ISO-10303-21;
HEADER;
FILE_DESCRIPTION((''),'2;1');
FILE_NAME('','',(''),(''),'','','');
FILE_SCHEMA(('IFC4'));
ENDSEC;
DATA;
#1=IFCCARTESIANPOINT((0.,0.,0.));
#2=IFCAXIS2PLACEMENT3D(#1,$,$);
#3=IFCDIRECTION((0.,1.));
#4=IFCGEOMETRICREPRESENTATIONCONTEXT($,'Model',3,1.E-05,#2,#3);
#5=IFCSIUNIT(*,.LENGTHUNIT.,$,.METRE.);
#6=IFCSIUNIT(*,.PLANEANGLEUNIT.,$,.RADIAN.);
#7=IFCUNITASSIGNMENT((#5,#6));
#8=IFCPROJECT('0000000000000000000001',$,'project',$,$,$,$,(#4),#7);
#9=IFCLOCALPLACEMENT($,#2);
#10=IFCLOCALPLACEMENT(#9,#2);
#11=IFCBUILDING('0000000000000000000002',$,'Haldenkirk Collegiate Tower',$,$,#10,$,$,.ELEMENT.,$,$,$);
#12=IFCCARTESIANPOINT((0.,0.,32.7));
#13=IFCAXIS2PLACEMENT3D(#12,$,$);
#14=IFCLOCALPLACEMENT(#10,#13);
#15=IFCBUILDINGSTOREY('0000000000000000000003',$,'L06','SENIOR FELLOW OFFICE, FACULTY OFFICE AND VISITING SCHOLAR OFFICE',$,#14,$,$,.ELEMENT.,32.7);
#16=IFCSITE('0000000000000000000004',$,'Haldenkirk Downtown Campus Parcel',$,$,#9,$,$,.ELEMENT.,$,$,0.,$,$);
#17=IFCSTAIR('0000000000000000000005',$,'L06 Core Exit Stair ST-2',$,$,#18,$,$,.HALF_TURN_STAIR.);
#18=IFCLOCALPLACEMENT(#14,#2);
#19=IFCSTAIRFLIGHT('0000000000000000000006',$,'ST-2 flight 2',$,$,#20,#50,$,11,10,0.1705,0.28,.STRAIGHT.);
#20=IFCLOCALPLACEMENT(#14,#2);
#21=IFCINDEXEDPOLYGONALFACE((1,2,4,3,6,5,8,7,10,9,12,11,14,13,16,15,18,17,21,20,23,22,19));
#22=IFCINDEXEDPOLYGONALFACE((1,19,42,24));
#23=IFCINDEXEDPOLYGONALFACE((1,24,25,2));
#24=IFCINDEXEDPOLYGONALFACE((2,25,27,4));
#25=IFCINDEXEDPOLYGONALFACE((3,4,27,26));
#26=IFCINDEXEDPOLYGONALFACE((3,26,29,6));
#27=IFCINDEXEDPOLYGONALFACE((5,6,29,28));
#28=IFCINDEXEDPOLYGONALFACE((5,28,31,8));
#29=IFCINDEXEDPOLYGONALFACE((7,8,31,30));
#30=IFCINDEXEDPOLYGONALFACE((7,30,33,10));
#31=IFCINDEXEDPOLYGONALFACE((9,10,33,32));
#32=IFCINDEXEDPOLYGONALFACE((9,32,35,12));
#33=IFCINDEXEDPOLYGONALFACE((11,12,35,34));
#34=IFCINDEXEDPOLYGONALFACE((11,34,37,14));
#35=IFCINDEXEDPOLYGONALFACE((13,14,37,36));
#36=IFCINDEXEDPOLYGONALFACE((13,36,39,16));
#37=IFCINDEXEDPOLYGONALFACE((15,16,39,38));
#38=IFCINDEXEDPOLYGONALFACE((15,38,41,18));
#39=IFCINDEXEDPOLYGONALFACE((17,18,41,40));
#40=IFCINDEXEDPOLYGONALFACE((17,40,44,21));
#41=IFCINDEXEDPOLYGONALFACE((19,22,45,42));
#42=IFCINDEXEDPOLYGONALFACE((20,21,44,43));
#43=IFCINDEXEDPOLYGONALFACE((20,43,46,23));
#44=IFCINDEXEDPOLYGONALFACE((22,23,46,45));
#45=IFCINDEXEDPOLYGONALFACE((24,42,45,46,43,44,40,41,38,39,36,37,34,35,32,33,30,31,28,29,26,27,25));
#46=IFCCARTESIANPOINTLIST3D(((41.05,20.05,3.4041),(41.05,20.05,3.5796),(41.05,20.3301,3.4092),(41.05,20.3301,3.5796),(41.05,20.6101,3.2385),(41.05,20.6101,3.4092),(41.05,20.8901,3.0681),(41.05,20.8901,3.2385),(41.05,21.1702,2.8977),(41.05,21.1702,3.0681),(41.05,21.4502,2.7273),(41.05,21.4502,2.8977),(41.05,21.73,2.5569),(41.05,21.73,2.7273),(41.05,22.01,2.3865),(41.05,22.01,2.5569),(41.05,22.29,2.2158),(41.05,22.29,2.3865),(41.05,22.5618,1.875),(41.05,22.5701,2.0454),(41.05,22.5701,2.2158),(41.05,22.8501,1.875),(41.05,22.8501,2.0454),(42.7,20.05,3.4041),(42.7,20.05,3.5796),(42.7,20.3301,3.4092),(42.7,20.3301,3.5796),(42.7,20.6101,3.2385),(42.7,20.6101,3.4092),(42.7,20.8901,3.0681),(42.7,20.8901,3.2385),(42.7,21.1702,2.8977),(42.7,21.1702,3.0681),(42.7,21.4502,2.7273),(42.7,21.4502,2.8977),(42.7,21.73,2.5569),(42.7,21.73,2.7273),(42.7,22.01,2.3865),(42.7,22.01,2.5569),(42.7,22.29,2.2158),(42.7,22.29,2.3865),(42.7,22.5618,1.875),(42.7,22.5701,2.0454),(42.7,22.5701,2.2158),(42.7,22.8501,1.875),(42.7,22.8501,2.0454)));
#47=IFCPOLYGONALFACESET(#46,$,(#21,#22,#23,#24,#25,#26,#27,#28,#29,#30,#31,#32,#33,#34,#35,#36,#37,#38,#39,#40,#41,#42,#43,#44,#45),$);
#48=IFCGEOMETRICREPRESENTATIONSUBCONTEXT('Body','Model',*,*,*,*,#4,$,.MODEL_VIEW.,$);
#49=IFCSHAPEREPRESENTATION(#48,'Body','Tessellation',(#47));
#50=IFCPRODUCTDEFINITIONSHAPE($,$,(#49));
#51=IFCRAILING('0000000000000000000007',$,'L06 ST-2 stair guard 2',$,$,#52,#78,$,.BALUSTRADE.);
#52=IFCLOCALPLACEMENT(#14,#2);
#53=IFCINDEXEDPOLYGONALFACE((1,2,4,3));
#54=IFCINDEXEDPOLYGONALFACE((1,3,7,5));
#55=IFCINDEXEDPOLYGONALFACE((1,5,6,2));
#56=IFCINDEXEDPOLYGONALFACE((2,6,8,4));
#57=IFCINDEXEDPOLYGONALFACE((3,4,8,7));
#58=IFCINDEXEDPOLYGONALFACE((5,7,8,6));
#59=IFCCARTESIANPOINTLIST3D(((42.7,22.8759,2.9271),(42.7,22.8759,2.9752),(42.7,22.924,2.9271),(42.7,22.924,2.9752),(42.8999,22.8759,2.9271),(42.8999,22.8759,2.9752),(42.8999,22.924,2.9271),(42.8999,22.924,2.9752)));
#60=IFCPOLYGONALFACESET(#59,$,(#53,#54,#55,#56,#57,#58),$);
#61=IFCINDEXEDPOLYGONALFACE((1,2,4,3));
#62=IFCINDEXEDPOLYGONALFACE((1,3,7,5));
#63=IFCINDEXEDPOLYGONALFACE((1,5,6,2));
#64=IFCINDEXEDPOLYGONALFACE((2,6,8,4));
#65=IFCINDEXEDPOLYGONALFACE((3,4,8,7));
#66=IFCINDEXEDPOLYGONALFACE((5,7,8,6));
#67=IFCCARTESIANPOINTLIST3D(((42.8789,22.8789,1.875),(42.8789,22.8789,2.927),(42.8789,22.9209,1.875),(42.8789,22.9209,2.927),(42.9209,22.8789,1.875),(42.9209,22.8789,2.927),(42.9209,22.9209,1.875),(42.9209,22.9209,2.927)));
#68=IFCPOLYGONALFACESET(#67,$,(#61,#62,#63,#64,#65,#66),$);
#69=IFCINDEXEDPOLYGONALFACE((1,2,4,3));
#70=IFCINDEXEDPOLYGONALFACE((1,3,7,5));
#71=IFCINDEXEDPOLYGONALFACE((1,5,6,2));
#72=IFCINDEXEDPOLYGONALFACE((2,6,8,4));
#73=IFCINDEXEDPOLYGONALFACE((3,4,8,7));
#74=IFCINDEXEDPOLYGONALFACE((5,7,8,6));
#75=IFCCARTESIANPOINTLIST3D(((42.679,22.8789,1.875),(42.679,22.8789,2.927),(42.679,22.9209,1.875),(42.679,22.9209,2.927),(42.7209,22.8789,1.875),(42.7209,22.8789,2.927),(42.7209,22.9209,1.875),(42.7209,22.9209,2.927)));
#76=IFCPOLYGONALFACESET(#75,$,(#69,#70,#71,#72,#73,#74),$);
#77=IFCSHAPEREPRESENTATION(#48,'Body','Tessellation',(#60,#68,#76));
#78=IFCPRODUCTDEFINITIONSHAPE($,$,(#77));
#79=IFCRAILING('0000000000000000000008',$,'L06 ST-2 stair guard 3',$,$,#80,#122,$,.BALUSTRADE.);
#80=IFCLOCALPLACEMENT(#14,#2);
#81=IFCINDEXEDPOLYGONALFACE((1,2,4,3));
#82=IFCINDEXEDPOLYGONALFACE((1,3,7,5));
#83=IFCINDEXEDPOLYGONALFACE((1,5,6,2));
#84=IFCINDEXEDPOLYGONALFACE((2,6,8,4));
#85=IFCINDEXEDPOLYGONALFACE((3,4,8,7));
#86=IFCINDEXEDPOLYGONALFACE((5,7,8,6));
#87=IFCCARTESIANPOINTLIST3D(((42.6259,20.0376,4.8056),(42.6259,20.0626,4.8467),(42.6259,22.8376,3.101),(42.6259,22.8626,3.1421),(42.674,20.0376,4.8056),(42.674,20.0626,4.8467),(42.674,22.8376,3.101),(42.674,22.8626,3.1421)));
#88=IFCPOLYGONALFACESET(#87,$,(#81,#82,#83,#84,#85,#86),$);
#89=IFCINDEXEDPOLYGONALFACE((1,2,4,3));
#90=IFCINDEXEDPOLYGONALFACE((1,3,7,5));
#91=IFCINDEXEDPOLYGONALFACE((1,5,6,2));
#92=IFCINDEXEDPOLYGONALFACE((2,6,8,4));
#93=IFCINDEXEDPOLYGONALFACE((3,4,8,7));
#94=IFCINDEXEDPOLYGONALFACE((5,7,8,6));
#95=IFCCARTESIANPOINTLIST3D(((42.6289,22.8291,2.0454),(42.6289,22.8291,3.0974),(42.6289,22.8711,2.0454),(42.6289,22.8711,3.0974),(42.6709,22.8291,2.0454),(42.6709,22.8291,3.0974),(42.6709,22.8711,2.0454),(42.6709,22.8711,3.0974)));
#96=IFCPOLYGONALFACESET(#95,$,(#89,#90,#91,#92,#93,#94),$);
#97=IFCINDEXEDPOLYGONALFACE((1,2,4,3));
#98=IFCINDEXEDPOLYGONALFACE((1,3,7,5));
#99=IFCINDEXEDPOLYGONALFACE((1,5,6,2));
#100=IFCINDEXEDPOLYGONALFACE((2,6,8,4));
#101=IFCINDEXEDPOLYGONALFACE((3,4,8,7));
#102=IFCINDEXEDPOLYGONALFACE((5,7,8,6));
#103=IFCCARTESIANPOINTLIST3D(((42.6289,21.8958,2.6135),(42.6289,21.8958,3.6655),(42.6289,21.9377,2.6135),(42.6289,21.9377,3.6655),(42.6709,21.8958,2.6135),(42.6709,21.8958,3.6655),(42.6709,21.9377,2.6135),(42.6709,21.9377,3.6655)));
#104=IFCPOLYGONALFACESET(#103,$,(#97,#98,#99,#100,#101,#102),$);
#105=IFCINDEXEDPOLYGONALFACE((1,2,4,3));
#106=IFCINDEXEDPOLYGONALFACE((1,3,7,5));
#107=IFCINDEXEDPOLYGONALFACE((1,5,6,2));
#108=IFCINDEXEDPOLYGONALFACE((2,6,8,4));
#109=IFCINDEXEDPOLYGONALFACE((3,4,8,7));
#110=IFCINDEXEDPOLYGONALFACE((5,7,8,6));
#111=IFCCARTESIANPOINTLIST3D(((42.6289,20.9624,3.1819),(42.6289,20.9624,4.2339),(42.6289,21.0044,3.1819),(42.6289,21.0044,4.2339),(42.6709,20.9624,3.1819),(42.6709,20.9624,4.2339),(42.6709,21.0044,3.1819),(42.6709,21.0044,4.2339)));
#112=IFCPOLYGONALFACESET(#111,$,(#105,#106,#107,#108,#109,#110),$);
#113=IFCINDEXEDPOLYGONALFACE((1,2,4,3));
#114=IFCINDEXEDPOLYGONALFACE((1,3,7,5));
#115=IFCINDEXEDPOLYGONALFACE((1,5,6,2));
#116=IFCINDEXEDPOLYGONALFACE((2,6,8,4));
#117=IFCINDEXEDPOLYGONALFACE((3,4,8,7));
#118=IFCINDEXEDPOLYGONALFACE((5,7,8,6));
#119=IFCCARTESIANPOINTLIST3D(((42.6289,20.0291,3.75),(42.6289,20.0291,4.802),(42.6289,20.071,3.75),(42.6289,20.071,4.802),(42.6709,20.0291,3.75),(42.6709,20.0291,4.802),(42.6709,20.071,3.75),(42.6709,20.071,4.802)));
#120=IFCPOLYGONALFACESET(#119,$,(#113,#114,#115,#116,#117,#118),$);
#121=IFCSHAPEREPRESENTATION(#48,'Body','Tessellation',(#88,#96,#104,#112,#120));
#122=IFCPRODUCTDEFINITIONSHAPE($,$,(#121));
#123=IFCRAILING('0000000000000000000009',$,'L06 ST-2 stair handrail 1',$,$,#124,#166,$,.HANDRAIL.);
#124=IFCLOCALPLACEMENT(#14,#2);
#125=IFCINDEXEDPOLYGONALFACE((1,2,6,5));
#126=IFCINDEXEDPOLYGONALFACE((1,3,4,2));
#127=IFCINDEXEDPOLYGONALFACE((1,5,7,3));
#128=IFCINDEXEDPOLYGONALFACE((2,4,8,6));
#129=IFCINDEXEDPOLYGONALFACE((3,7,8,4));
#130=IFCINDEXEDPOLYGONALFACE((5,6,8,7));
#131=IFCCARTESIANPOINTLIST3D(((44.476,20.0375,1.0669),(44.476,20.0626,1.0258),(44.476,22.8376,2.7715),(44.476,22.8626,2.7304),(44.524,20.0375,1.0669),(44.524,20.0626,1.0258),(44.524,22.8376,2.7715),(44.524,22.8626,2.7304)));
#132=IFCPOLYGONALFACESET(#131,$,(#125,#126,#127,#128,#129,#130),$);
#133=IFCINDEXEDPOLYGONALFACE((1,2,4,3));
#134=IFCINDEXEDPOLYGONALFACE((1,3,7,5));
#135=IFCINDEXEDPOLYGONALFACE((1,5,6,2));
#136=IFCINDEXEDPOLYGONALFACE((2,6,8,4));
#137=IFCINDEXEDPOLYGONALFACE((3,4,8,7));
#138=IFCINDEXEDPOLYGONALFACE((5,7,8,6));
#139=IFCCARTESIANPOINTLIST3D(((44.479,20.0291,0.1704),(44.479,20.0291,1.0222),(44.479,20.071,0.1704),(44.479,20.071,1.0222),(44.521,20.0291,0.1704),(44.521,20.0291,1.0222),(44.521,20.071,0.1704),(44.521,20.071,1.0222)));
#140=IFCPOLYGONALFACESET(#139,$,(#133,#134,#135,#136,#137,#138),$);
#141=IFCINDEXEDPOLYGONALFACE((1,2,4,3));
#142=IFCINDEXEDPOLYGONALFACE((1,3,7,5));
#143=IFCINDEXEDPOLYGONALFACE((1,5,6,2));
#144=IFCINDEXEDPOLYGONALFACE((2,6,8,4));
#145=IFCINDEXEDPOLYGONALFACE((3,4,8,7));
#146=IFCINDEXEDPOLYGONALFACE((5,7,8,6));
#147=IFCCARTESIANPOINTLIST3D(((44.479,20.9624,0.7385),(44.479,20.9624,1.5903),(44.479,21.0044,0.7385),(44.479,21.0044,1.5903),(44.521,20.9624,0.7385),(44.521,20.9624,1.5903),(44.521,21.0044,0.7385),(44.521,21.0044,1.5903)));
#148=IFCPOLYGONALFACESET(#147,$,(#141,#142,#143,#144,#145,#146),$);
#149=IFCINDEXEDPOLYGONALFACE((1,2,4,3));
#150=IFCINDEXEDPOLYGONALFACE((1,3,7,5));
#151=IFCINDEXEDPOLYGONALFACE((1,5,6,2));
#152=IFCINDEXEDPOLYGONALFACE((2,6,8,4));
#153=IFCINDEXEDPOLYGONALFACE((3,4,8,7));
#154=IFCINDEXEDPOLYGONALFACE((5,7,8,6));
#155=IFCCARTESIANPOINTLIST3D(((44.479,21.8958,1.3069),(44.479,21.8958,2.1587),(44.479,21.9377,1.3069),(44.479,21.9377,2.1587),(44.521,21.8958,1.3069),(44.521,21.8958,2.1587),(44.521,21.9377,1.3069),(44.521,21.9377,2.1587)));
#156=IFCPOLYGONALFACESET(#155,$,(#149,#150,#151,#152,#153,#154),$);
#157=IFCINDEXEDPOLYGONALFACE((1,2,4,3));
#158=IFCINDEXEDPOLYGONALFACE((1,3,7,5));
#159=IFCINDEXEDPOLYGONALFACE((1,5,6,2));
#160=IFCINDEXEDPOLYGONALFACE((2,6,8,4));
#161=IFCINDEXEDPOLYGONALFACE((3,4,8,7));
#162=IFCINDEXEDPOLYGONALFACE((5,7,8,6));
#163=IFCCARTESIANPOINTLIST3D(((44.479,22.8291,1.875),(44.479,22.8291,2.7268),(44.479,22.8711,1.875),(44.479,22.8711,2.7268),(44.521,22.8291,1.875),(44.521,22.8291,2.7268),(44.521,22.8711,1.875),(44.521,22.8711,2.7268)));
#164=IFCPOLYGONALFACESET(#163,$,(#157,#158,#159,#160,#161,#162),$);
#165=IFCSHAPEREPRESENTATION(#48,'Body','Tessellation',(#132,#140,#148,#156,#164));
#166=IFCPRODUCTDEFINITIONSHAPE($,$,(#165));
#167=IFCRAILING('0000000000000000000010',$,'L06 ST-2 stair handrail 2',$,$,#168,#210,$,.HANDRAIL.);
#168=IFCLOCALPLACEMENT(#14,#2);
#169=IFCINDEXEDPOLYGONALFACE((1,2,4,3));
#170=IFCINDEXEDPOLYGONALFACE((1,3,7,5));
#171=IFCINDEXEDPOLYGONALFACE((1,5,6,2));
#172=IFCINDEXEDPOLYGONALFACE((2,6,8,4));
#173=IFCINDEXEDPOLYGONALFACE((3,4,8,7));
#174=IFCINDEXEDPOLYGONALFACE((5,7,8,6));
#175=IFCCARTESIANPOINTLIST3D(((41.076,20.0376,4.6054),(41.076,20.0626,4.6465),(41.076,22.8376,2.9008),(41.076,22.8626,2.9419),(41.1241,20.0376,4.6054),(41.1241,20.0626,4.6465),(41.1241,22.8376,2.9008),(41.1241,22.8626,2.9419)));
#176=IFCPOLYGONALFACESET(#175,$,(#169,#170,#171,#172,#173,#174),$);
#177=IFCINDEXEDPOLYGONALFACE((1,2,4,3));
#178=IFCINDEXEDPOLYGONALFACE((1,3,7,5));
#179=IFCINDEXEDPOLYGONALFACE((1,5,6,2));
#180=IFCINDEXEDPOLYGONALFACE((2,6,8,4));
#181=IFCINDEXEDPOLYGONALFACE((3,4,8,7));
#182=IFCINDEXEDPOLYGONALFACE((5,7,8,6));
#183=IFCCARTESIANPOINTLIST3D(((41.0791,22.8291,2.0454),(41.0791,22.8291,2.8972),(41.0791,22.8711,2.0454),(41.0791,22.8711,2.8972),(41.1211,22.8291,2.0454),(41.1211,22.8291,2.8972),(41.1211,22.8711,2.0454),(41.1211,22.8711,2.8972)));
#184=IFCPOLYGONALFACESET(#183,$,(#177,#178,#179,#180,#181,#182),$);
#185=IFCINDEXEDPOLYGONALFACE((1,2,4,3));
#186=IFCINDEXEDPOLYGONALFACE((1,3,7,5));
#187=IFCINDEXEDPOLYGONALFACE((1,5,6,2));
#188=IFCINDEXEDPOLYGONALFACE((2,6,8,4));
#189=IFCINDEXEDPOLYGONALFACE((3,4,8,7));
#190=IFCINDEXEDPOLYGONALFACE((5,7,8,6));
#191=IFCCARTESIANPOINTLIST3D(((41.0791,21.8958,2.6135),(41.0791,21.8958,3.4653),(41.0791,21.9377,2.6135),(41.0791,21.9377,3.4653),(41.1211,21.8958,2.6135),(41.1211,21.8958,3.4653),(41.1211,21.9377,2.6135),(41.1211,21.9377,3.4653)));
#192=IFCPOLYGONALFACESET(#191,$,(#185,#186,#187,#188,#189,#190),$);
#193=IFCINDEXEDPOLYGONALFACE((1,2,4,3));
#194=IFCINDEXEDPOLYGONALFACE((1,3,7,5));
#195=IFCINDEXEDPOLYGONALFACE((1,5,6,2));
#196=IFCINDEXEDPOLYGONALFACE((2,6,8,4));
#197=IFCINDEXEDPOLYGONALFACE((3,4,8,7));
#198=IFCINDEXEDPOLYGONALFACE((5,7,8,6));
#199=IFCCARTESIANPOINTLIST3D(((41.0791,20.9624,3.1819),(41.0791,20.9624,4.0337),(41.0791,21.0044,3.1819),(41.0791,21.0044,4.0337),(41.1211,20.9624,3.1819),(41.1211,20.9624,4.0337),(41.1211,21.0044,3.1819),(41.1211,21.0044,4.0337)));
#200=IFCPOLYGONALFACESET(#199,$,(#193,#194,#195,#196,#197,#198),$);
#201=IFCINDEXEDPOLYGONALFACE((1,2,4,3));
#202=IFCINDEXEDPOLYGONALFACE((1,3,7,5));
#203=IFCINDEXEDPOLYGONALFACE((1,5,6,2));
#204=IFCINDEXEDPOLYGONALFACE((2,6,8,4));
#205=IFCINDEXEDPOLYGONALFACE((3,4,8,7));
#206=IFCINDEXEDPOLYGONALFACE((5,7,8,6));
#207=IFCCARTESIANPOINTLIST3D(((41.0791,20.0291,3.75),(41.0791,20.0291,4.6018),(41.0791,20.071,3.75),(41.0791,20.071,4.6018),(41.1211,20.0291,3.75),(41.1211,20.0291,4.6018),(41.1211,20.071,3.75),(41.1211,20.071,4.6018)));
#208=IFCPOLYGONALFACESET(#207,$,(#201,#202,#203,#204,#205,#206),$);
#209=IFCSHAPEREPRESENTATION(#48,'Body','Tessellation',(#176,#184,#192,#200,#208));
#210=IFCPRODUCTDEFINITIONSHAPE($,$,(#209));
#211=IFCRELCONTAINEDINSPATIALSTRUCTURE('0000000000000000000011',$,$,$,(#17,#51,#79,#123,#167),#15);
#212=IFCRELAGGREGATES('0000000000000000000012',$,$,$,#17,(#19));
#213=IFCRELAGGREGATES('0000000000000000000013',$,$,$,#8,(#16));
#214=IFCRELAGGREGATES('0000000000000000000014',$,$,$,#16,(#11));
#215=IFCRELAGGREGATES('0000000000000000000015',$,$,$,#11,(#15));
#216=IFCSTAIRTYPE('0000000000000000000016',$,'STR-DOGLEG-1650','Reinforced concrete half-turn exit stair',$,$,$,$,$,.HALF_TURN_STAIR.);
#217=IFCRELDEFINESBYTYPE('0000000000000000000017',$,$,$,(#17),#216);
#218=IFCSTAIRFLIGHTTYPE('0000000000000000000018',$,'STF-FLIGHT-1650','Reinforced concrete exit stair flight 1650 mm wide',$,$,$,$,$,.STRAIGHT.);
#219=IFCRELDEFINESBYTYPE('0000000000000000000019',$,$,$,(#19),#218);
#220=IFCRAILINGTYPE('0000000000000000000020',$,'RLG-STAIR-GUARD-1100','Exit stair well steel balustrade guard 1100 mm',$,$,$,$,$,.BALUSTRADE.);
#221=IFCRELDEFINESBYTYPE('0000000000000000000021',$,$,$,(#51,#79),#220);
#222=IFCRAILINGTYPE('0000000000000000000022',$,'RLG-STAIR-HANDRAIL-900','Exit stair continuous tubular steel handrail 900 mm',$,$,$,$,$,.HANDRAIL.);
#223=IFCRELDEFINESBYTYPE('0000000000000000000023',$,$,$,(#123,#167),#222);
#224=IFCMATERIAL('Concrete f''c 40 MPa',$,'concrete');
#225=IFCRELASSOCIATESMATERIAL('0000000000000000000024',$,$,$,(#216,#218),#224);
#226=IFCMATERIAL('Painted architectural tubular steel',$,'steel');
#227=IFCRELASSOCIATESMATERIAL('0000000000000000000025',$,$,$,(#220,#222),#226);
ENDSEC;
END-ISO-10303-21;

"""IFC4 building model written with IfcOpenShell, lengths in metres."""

from ifc_helpers import new_model, si_unit, direction, frame, origin, origin_2d, place, context, subcontext, project, spatial, polyline, rectangle, outline, extrude, material, type_object, element, aggregate, save


model = new_model("IFC4")

# Units and contexts
model_context = context("Model", 3, precision=1e-05, world=origin(), true_north=direction((0.0, 1.0)))
body_context = subcontext(model_context, "Body", "Model", "MODEL_VIEW")
ifc_project = project(units=[si_unit("LENGTHUNIT", "METRE"), si_unit("PLANEANGLEUNIT", "RADIAN")], contexts=[model_context])

# Site, building, storey
site_placement = place(None, origin())
site = spatial("IfcSite", under=ifc_project, at=site_placement, Name="Haldenkirk Downtown Campus Parcel", CompositionType="ELEMENT", RefElevation=0.0)
building_placement = place(site_placement, origin())
building = spatial("IfcBuilding", under=site, at=building_placement, Name="Haldenkirk Collegiate Tower", CompositionType="ELEMENT")
storey_placement = place(building_placement, frame((0.0, 0.0, 32.7)))
storey = spatial("IfcBuildingStorey", under=building, at=storey_placement, Name="L06", Description="SENIOR FELLOW OFFICE, FACULTY OFFICE AND VISITING SCHOLAR OFFICE", CompositionType="ELEMENT", Elevation=32.7)

# Stair, stair flight
ifc_material_1 = material(Name="Concrete f'c 40 MPa", Category="concrete")
stair_type = type_object("IfcStairType", Name="STR-DOGLEG-1650", Description="Reinforced concrete half-turn exit stair", PredefinedType="HALF_TURN_STAIR", material=ifc_material_1)
stair_placement = place(storey_placement, origin())
stair = element("IfcStair", 1, at=stair_placement, inside=storey, type_object=stair_type, Name="L06 Core Exit Stair ST-2", PredefinedType="HALF_TURN_STAIR")
stair_flight_type = type_object("IfcStairFlightType", Name="STF-FLIGHT-1650", Description="Reinforced concrete exit stair flight 1650 mm wide", PredefinedType="STRAIGHT", material=ifc_material_1)
stair_flight_1_placement = place(storey_placement, frame((41.875, 22.8501, 1.875), z_axis=(0.0, 0.0, 1.0), x_axis=(0.0, -1.0, 0.0)))
stair_flight_1 = element("IfcStairFlight", 2, at=stair_flight_1_placement, type_object=stair_flight_type, Name="ST-2 flight 2", NumberOfRisers=11, NumberOfTreads=10, PredefinedType="STRAIGHT", RiserHeight=0.1705, TreadLength=0.28, context=body_context, shape_type="SweptSolid", body=[
    extrude(outline(polyline([(0.0, 0.0), (0.0, 0.1704), (0.28, 0.1704), (0.28, 0.3408), (0.5601, 0.3408), (0.5601, 0.5115), (0.8401, 0.5115), (0.8401, 0.6819), (1.1201, 0.6819), (1.1201, 0.8523), (1.3999, 0.8523), (1.3999, 1.0227), (1.6799, 1.0227), (1.6799, 1.1931), (1.96, 1.1931), (1.96, 1.3635), (2.24, 1.3635), (2.24, 1.5342), (2.52, 1.5342), (2.52, 1.7046), (2.8, 1.7046), (2.8, 1.875), (2.8, 1.5291), (0.2883, 0.0), (0.0, 0.0)])), frame((0.0, 0.825, 0.0), z_axis=(0.0, -1.0, 0.0), x_axis=(1.0, 0.0, 0.0)), (0.0, 0.0, 1.0), 1.6499),
])
aggregate(stair, [stair_flight_1])

# Railings
ifc_material_2 = material(Name="Painted architectural tubular steel", Category="steel")
railing_type_1 = type_object("IfcRailingType", Name="RLG-STAIR-GUARD-1100", Description="Exit stair well steel balustrade guard 1100 mm", PredefinedType="BALUSTRADE", material=ifc_material_2)
railing_1_placement = place(storey_placement, frame((42.8999, 22.8999, 1.875)))
element("IfcRailing", 3, at=railing_1_placement, inside=storey, type_object=railing_type_1, Name="L06 ST-2 stair guard 2", PredefinedType="BALUSTRADE", context=body_context, shape_type="SweptSolid", body=[
    extrude(rectangle(XDim=0.0481, YDim=0.0481, at=origin_2d()), frame((0.0, 0.0, 1.0762), z_axis=(-1.0, 0.0, 0.0), x_axis=(0.0, -1.0, 0.0)), (0.0, 0.0, 1.0), 0.2),
    extrude(rectangle(XDim=0.042, YDim=0.042, at=origin_2d()), origin(), (0.0, 0.0, 1.0), 1.052),
    extrude(rectangle(XDim=0.042, YDim=0.042, at=origin_2d()), frame((-0.2, 0.0, 0.0)), (0.0, 0.0, 1.0), 1.052),
])
railing_2_placement = place(storey_placement, frame((42.6499, 22.8501, 2.0454)))
element("IfcRailing", 4, at=railing_2_placement, inside=storey, type_object=railing_type_1, Name="L06 ST-2 stair guard 3", PredefinedType="BALUSTRADE", context=body_context, shape_type="SweptSolid", body=[
    extrude(rectangle(XDim=0.0481, YDim=0.0481, at=origin_2d()), frame((0.0, 0.0, 1.0762), z_axis=(0.0, -0.85417, 0.519994), x_axis=(1.0, 0.0, 0.0)), (0.0, 0.0, 1.0), 3.2781),
    extrude(rectangle(XDim=0.042, YDim=0.042, at=origin_2d()), origin(), (0.0, 0.0, 1.0), 1.052),
    extrude(rectangle(XDim=0.042, YDim=0.042, at=origin_2d()), frame((0.0, -0.9333, 0.5681)), (0.0, 0.0, 1.0), 1.052),
    extrude(rectangle(XDim=0.042, YDim=0.042, at=origin_2d()), frame((0.0, -1.8667, 1.1365)), (0.0, 0.0, 1.0), 1.052),
    extrude(rectangle(XDim=0.042, YDim=0.042, at=origin_2d()), frame((0.0, -2.8, 1.7046)), (0.0, 0.0, 1.0), 1.052),
])
railing_type_2 = type_object("IfcRailingType", Name="RLG-STAIR-HANDRAIL-900", Description="Exit stair continuous tubular steel handrail 900 mm", PredefinedType="HANDRAIL", material=ifc_material_2)
railing_3_placement = place(storey_placement, frame((44.5, 20.05, 0.1704)))
element("IfcRailing", 5, at=railing_3_placement, inside=storey, type_object=railing_type_2, Name="L06 ST-2 stair handrail 1", PredefinedType="HANDRAIL", context=body_context, shape_type="SweptSolid", body=[
    extrude(rectangle(XDim=0.0481, YDim=0.0481, at=origin_2d()), frame((0.0, 0.0, 0.876), z_axis=(0.0, 0.85417, 0.519994), x_axis=(-1.0, 0.0, 0.0)), (0.0, 0.0, 1.0), 3.2781),
    extrude(rectangle(XDim=0.042, YDim=0.042, at=origin_2d()), origin(), (0.0, 0.0, 1.0), 0.8518),
    extrude(rectangle(XDim=0.042, YDim=0.042, at=origin_2d()), frame((0.0, 0.9333, 0.5681)), (0.0, 0.0, 1.0), 0.8518),
    extrude(rectangle(XDim=0.042, YDim=0.042, at=origin_2d()), frame((0.0, 1.8667, 1.1365)), (0.0, 0.0, 1.0), 0.8518),
    extrude(rectangle(XDim=0.042, YDim=0.042, at=origin_2d()), frame((0.0, 2.8, 1.7046)), (0.0, 0.0, 1.0), 0.8518),
])
railing_4_placement = place(storey_placement, frame((41.1001, 22.8501, 2.0454)))
element("IfcRailing", 6, at=railing_4_placement, inside=storey, type_object=railing_type_2, Name="L06 ST-2 stair handrail 2", PredefinedType="HANDRAIL", context=body_context, shape_type="SweptSolid", body=[
    extrude(rectangle(XDim=0.0481, YDim=0.0481, at=origin_2d()), frame((0.0, 0.0, 0.876), z_axis=(0.0, -0.85417, 0.519994), x_axis=(1.0, 0.0, 0.0)), (0.0, 0.0, 1.0), 3.2781),
    extrude(rectangle(XDim=0.042, YDim=0.042, at=origin_2d()), origin(), (0.0, 0.0, 1.0), 0.8518),
    extrude(rectangle(XDim=0.042, YDim=0.042, at=origin_2d()), frame((0.0, -0.9333, 0.5681)), (0.0, 0.0, 1.0), 0.8518),
    extrude(rectangle(XDim=0.042, YDim=0.042, at=origin_2d()), frame((0.0, -1.8667, 1.1365)), (0.0, 0.0, 1.0), 0.8518),
    extrude(rectangle(XDim=0.042, YDim=0.042, at=origin_2d()), frame((0.0, -2.8, 1.7046)), (0.0, 0.0, 1.0), 0.8518),
])

save(model, "model.ifc")
